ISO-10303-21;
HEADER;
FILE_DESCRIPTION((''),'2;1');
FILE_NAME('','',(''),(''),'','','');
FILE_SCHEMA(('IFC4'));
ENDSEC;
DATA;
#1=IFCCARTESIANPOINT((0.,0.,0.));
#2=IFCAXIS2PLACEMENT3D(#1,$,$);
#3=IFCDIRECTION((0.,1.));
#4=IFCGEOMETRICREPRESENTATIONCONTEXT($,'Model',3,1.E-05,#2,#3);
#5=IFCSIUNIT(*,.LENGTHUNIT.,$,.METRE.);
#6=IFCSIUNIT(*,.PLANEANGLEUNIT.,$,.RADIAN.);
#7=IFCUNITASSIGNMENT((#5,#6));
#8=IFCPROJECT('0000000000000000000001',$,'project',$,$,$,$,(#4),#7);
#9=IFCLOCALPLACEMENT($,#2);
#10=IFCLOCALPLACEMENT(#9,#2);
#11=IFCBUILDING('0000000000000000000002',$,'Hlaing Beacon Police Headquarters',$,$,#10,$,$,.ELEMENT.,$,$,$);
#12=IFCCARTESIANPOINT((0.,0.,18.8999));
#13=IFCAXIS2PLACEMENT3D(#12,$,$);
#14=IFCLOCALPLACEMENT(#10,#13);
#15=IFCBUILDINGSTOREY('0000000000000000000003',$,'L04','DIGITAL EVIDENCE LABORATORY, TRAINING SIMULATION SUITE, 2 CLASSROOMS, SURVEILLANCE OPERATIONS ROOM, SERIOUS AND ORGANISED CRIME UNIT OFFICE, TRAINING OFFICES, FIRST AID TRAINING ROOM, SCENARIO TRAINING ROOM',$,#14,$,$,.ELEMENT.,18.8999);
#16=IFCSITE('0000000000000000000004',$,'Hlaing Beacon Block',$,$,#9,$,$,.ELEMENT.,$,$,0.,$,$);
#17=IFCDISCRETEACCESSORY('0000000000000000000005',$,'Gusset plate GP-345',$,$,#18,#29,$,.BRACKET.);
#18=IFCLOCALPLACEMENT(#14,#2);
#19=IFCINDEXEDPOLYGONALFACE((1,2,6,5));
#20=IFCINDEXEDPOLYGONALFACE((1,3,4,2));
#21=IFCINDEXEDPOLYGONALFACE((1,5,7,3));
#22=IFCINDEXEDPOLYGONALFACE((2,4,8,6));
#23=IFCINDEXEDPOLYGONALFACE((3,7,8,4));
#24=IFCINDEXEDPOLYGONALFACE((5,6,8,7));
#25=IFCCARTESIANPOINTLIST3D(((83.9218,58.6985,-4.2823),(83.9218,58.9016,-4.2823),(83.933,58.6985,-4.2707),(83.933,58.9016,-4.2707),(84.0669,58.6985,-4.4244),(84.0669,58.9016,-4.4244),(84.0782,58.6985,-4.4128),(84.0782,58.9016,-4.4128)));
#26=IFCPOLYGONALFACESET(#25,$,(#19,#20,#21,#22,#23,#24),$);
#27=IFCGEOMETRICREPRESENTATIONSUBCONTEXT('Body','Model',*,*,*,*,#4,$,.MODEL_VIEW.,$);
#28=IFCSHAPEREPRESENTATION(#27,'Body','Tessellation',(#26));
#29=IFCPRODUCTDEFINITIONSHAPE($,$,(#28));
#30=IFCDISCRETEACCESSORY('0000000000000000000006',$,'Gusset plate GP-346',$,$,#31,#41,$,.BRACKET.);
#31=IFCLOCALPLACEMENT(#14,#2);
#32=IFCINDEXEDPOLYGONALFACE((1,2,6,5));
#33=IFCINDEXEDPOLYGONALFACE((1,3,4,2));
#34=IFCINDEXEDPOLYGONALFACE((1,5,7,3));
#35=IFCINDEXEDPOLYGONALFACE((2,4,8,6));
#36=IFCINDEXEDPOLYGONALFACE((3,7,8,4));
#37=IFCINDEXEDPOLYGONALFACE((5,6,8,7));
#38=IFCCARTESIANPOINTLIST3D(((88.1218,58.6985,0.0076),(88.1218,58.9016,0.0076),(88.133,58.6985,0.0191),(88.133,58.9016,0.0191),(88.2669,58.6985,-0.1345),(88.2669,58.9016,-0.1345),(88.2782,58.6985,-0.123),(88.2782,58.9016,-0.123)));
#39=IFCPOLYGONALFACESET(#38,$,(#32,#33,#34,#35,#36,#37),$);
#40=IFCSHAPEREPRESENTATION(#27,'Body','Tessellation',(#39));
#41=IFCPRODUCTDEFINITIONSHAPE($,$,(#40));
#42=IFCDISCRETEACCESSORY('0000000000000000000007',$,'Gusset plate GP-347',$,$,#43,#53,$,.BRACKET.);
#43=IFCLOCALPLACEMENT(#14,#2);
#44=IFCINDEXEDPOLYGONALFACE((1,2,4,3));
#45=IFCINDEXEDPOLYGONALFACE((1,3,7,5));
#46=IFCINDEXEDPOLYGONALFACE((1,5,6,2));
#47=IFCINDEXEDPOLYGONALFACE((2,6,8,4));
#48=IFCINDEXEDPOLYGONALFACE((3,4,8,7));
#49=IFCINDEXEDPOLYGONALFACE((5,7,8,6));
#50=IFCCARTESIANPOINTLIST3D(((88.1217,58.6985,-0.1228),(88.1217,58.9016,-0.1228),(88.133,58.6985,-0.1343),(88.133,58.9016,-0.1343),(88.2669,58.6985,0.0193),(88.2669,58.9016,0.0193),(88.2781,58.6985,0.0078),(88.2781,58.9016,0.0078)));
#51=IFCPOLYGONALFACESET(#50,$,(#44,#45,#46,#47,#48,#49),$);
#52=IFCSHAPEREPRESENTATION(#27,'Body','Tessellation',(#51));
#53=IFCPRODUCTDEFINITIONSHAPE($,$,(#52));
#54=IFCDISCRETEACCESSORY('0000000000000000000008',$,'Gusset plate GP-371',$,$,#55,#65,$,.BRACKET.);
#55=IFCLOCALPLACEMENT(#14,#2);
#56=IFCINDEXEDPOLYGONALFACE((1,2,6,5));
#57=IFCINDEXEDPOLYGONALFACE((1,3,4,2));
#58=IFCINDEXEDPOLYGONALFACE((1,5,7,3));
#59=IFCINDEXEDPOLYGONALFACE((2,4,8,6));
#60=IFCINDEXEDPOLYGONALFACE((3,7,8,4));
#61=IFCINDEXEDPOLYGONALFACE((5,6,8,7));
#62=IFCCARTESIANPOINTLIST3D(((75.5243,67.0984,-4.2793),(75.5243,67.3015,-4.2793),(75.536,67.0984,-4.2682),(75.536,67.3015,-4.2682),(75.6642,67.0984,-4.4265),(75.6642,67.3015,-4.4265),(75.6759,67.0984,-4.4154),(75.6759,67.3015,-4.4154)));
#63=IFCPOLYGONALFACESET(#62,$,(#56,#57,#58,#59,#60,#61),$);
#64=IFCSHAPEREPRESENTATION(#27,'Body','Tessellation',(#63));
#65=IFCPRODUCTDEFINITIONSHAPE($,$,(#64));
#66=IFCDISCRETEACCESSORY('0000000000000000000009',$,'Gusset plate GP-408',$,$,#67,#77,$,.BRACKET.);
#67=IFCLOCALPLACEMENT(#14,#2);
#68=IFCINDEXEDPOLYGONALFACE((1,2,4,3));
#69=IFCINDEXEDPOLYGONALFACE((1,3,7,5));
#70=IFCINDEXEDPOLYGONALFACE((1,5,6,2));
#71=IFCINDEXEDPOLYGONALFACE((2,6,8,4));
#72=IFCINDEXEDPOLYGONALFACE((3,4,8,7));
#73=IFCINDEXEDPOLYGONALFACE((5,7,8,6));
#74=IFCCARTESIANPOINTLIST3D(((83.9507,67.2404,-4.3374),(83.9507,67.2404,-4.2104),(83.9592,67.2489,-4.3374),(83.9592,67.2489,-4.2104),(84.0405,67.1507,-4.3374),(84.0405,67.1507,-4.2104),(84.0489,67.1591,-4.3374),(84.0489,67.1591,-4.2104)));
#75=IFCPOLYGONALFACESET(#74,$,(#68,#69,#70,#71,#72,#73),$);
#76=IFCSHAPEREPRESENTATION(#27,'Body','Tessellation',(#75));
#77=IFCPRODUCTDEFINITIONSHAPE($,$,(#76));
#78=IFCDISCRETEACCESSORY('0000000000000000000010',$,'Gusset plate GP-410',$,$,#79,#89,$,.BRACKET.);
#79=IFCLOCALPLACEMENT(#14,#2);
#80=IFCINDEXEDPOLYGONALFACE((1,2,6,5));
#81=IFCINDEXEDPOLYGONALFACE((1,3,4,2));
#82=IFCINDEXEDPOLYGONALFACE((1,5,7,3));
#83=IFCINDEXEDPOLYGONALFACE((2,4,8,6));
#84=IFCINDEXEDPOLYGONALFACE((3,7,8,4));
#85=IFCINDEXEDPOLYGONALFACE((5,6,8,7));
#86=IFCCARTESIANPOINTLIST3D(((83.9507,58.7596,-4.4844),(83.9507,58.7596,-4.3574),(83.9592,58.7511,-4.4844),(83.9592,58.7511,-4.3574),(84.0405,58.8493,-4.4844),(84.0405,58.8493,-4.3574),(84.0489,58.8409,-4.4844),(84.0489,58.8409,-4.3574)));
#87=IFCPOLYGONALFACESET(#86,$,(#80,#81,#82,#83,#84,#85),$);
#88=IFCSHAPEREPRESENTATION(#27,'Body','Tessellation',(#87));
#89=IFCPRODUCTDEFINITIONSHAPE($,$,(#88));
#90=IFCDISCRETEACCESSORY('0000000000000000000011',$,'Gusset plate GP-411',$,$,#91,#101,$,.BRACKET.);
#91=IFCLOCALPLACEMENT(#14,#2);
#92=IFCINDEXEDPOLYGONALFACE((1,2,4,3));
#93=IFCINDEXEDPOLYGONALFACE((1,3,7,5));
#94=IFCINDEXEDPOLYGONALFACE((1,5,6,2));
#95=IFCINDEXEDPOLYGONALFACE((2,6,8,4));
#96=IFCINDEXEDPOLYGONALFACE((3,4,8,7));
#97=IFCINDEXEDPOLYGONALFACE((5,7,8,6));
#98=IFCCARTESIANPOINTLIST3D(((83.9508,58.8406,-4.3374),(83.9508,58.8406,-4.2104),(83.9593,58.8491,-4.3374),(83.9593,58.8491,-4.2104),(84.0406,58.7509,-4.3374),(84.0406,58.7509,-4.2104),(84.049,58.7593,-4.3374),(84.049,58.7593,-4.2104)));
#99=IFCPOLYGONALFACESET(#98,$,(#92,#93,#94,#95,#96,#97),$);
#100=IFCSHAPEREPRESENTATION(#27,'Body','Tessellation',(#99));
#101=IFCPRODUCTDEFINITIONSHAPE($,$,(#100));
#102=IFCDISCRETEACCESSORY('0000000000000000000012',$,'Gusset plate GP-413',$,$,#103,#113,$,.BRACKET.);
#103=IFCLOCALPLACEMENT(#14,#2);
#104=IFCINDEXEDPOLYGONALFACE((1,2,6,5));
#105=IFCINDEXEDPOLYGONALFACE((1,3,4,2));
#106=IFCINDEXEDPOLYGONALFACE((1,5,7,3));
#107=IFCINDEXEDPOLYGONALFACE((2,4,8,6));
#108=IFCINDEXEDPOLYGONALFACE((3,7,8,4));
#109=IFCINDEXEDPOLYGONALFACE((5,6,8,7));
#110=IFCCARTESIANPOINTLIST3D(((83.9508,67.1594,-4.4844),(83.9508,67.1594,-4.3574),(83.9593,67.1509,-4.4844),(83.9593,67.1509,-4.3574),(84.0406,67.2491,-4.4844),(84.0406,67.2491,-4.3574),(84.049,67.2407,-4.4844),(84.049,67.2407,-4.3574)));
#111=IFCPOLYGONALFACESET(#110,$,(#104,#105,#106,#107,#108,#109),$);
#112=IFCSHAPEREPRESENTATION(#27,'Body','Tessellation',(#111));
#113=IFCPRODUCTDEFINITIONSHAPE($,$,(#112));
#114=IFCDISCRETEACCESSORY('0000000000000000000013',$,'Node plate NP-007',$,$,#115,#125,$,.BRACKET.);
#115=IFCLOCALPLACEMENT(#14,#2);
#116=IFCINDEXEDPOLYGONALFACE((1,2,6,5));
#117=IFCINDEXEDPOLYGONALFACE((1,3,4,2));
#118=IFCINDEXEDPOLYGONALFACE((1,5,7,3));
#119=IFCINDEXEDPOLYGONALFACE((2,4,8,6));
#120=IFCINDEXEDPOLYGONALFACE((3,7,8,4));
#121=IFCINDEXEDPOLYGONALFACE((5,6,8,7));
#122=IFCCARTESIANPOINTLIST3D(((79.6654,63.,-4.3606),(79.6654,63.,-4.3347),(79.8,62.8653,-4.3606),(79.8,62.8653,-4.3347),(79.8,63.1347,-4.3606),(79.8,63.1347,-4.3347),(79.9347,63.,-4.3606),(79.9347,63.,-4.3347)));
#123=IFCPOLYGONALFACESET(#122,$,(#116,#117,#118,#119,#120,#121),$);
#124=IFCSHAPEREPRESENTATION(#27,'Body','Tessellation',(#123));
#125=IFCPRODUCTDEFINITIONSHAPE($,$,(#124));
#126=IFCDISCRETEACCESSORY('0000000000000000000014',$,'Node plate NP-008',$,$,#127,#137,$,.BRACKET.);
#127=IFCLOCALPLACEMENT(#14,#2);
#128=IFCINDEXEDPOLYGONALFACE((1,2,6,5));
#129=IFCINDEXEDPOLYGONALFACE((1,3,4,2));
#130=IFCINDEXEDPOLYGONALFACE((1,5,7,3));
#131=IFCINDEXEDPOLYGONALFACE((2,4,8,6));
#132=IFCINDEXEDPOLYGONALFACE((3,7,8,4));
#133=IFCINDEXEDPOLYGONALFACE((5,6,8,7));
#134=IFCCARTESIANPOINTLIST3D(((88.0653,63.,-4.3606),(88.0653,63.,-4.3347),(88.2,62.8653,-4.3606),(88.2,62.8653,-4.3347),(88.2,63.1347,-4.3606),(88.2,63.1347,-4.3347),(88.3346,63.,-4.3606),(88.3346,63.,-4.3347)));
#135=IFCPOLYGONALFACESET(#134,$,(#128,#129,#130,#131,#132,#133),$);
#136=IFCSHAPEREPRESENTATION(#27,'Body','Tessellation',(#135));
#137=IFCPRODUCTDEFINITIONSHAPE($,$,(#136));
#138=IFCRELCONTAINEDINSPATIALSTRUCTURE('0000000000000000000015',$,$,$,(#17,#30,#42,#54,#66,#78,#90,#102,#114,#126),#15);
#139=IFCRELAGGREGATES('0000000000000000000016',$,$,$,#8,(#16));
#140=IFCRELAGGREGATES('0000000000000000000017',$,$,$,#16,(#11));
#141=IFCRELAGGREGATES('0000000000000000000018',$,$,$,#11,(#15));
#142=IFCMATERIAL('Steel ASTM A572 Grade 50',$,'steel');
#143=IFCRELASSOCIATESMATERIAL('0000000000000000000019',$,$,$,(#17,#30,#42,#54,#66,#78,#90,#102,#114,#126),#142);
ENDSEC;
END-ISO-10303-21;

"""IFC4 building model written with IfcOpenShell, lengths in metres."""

from ifc_helpers import new_model, si_unit, direction, frame, origin, origin_2d, place, context, subcontext, project, spatial, rectangle, extrude, material, element, save


model = new_model("IFC4")

# Units and contexts
model_context = context("Model", 3, precision=1e-05, world=origin(), true_north=direction((0.0, 1.0)))
body_context = subcontext(model_context, "Body", "Model", "MODEL_VIEW")
ifc_project = project(units=[si_unit("LENGTHUNIT", "METRE"), si_unit("PLANEANGLEUNIT", "RADIAN")], contexts=[model_context])

# Site, building, storey
site_placement = place(None, origin())
site = spatial("IfcSite", under=ifc_project, at=site_placement, Name="Hlaing Beacon Block", CompositionType="ELEMENT", RefElevation=0.0)
building_placement = place(site_placement, origin())
building = spatial("IfcBuilding", under=site, at=building_placement, Name="Hlaing Beacon Police Headquarters", CompositionType="ELEMENT")
storey_placement = place(building_placement, frame((0.0, 0.0, 18.8999)))
storey = spatial("IfcBuildingStorey", under=building, at=storey_placement, Name="L04", Description="DIGITAL EVIDENCE LABORATORY, TRAINING SIMULATION SUITE, 2 CLASSROOMS, SURVEILLANCE OPERATIONS ROOM, SERIOUS AND ORGANISED CRIME UNIT OFFICE, TRAINING OFFICES, FIRST AID TRAINING ROOM, SCENARIO TRAINING ROOM", CompositionType="ELEMENT", Elevation=18.8999)

# Discrete accessories
ifc_material_1 = material(Name="Steel ASTM A572 Grade 50", Category="steel")
for number, where, z_axis, x_axis, name in (
    (1, (84.0056, 58.8, -4.3418), (-0.699585, 0.0, -0.71455), (0.0, -1.0, 0.0), "Gusset plate GP-345"),
    (2, (88.1943, 58.8, -0.0635), (0.699585, 0.0, 0.71455), (0.0, 1.0, 0.0), "Gusset plate GP-346"),
    (3, (88.2056, 58.8, -0.0632), (-0.699585, 0.0, 0.71455), (0.0, -1.0, 0.0), "Gusset plate GP-347"),
    (4, (75.606, 67.2, -4.3418), (-0.725017, 0.0, -0.688731), (0.0, -1.0, 0.0), "Gusset plate GP-371"),
):
    element("IfcDiscreteAccessory", number, at=place(storey_placement, frame(where, z_axis=z_axis, x_axis=x_axis)), inside=storey, material=ifc_material_1, Name=name, PredefinedType="BRACKET", context=body_context, shape_type="SweptSolid", body=[
        extrude(rectangle(XDim=0.2031, YDim=0.2031, at=origin_2d()), origin(), (0.0, 0.0, 1.0), 0.0161),
    ])
for number, where, z_axis, x_axis, name in (
    (5, (83.9956, 67.1956, -4.2739), (0.707107, 0.707107, 0.0), (-0.707107, 0.707107, 0.0), "Gusset plate GP-408"),
    (6, (83.9956, 58.8044, -4.4209), (0.707107, -0.707107, 0.0), (0.707107, 0.707107, 0.0), "Gusset plate GP-410"),
    (7, (84.0042, 58.8042, -4.2739), (-0.707107, -0.707107, 0.0), (0.707107, -0.707107, 0.0), "Gusset plate GP-411"),
    (8, (84.0042, 67.1958, -4.4209), (-0.707107, 0.707107, 0.0), (-0.707107, -0.707107, 0.0), "Gusset plate GP-413"),
):
    element("IfcDiscreteAccessory", number, at=place(storey_placement, frame(where, z_axis=z_axis, x_axis=x_axis)), inside=storey, material=ifc_material_1, Name=name, PredefinedType="BRACKET", context=body_context, shape_type="SweptSolid", body=[
        extrude(rectangle(XDim=0.127, YDim=0.127, at=origin_2d()), origin(), (0.0, 0.0, 1.0), 0.012),
    ])
for number, where, z_axis, x_axis, name in (
    (9, (79.8, 63.0, -4.3606), (0.0, 0.0, 1.0), (0.707107, 0.707107, 0.0), "Node plate NP-007"),
    (10, (88.2, 63.0, -4.3606), (0.0, 0.0, 1.0), (0.707107, 0.707107, 0.0), "Node plate NP-008"),
):
    element("IfcDiscreteAccessory", number, at=place(storey_placement, frame(where, z_axis=z_axis, x_axis=x_axis)), inside=storey, material=ifc_material_1, Name=name, PredefinedType="BRACKET", context=body_context, shape_type="SweptSolid", body=[
        extrude(rectangle(XDim=0.1904, YDim=0.1904, at=origin_2d()), origin(), (0.0, 0.0, 1.0), 0.0259),
    ])

save(model, "model.ifc")
